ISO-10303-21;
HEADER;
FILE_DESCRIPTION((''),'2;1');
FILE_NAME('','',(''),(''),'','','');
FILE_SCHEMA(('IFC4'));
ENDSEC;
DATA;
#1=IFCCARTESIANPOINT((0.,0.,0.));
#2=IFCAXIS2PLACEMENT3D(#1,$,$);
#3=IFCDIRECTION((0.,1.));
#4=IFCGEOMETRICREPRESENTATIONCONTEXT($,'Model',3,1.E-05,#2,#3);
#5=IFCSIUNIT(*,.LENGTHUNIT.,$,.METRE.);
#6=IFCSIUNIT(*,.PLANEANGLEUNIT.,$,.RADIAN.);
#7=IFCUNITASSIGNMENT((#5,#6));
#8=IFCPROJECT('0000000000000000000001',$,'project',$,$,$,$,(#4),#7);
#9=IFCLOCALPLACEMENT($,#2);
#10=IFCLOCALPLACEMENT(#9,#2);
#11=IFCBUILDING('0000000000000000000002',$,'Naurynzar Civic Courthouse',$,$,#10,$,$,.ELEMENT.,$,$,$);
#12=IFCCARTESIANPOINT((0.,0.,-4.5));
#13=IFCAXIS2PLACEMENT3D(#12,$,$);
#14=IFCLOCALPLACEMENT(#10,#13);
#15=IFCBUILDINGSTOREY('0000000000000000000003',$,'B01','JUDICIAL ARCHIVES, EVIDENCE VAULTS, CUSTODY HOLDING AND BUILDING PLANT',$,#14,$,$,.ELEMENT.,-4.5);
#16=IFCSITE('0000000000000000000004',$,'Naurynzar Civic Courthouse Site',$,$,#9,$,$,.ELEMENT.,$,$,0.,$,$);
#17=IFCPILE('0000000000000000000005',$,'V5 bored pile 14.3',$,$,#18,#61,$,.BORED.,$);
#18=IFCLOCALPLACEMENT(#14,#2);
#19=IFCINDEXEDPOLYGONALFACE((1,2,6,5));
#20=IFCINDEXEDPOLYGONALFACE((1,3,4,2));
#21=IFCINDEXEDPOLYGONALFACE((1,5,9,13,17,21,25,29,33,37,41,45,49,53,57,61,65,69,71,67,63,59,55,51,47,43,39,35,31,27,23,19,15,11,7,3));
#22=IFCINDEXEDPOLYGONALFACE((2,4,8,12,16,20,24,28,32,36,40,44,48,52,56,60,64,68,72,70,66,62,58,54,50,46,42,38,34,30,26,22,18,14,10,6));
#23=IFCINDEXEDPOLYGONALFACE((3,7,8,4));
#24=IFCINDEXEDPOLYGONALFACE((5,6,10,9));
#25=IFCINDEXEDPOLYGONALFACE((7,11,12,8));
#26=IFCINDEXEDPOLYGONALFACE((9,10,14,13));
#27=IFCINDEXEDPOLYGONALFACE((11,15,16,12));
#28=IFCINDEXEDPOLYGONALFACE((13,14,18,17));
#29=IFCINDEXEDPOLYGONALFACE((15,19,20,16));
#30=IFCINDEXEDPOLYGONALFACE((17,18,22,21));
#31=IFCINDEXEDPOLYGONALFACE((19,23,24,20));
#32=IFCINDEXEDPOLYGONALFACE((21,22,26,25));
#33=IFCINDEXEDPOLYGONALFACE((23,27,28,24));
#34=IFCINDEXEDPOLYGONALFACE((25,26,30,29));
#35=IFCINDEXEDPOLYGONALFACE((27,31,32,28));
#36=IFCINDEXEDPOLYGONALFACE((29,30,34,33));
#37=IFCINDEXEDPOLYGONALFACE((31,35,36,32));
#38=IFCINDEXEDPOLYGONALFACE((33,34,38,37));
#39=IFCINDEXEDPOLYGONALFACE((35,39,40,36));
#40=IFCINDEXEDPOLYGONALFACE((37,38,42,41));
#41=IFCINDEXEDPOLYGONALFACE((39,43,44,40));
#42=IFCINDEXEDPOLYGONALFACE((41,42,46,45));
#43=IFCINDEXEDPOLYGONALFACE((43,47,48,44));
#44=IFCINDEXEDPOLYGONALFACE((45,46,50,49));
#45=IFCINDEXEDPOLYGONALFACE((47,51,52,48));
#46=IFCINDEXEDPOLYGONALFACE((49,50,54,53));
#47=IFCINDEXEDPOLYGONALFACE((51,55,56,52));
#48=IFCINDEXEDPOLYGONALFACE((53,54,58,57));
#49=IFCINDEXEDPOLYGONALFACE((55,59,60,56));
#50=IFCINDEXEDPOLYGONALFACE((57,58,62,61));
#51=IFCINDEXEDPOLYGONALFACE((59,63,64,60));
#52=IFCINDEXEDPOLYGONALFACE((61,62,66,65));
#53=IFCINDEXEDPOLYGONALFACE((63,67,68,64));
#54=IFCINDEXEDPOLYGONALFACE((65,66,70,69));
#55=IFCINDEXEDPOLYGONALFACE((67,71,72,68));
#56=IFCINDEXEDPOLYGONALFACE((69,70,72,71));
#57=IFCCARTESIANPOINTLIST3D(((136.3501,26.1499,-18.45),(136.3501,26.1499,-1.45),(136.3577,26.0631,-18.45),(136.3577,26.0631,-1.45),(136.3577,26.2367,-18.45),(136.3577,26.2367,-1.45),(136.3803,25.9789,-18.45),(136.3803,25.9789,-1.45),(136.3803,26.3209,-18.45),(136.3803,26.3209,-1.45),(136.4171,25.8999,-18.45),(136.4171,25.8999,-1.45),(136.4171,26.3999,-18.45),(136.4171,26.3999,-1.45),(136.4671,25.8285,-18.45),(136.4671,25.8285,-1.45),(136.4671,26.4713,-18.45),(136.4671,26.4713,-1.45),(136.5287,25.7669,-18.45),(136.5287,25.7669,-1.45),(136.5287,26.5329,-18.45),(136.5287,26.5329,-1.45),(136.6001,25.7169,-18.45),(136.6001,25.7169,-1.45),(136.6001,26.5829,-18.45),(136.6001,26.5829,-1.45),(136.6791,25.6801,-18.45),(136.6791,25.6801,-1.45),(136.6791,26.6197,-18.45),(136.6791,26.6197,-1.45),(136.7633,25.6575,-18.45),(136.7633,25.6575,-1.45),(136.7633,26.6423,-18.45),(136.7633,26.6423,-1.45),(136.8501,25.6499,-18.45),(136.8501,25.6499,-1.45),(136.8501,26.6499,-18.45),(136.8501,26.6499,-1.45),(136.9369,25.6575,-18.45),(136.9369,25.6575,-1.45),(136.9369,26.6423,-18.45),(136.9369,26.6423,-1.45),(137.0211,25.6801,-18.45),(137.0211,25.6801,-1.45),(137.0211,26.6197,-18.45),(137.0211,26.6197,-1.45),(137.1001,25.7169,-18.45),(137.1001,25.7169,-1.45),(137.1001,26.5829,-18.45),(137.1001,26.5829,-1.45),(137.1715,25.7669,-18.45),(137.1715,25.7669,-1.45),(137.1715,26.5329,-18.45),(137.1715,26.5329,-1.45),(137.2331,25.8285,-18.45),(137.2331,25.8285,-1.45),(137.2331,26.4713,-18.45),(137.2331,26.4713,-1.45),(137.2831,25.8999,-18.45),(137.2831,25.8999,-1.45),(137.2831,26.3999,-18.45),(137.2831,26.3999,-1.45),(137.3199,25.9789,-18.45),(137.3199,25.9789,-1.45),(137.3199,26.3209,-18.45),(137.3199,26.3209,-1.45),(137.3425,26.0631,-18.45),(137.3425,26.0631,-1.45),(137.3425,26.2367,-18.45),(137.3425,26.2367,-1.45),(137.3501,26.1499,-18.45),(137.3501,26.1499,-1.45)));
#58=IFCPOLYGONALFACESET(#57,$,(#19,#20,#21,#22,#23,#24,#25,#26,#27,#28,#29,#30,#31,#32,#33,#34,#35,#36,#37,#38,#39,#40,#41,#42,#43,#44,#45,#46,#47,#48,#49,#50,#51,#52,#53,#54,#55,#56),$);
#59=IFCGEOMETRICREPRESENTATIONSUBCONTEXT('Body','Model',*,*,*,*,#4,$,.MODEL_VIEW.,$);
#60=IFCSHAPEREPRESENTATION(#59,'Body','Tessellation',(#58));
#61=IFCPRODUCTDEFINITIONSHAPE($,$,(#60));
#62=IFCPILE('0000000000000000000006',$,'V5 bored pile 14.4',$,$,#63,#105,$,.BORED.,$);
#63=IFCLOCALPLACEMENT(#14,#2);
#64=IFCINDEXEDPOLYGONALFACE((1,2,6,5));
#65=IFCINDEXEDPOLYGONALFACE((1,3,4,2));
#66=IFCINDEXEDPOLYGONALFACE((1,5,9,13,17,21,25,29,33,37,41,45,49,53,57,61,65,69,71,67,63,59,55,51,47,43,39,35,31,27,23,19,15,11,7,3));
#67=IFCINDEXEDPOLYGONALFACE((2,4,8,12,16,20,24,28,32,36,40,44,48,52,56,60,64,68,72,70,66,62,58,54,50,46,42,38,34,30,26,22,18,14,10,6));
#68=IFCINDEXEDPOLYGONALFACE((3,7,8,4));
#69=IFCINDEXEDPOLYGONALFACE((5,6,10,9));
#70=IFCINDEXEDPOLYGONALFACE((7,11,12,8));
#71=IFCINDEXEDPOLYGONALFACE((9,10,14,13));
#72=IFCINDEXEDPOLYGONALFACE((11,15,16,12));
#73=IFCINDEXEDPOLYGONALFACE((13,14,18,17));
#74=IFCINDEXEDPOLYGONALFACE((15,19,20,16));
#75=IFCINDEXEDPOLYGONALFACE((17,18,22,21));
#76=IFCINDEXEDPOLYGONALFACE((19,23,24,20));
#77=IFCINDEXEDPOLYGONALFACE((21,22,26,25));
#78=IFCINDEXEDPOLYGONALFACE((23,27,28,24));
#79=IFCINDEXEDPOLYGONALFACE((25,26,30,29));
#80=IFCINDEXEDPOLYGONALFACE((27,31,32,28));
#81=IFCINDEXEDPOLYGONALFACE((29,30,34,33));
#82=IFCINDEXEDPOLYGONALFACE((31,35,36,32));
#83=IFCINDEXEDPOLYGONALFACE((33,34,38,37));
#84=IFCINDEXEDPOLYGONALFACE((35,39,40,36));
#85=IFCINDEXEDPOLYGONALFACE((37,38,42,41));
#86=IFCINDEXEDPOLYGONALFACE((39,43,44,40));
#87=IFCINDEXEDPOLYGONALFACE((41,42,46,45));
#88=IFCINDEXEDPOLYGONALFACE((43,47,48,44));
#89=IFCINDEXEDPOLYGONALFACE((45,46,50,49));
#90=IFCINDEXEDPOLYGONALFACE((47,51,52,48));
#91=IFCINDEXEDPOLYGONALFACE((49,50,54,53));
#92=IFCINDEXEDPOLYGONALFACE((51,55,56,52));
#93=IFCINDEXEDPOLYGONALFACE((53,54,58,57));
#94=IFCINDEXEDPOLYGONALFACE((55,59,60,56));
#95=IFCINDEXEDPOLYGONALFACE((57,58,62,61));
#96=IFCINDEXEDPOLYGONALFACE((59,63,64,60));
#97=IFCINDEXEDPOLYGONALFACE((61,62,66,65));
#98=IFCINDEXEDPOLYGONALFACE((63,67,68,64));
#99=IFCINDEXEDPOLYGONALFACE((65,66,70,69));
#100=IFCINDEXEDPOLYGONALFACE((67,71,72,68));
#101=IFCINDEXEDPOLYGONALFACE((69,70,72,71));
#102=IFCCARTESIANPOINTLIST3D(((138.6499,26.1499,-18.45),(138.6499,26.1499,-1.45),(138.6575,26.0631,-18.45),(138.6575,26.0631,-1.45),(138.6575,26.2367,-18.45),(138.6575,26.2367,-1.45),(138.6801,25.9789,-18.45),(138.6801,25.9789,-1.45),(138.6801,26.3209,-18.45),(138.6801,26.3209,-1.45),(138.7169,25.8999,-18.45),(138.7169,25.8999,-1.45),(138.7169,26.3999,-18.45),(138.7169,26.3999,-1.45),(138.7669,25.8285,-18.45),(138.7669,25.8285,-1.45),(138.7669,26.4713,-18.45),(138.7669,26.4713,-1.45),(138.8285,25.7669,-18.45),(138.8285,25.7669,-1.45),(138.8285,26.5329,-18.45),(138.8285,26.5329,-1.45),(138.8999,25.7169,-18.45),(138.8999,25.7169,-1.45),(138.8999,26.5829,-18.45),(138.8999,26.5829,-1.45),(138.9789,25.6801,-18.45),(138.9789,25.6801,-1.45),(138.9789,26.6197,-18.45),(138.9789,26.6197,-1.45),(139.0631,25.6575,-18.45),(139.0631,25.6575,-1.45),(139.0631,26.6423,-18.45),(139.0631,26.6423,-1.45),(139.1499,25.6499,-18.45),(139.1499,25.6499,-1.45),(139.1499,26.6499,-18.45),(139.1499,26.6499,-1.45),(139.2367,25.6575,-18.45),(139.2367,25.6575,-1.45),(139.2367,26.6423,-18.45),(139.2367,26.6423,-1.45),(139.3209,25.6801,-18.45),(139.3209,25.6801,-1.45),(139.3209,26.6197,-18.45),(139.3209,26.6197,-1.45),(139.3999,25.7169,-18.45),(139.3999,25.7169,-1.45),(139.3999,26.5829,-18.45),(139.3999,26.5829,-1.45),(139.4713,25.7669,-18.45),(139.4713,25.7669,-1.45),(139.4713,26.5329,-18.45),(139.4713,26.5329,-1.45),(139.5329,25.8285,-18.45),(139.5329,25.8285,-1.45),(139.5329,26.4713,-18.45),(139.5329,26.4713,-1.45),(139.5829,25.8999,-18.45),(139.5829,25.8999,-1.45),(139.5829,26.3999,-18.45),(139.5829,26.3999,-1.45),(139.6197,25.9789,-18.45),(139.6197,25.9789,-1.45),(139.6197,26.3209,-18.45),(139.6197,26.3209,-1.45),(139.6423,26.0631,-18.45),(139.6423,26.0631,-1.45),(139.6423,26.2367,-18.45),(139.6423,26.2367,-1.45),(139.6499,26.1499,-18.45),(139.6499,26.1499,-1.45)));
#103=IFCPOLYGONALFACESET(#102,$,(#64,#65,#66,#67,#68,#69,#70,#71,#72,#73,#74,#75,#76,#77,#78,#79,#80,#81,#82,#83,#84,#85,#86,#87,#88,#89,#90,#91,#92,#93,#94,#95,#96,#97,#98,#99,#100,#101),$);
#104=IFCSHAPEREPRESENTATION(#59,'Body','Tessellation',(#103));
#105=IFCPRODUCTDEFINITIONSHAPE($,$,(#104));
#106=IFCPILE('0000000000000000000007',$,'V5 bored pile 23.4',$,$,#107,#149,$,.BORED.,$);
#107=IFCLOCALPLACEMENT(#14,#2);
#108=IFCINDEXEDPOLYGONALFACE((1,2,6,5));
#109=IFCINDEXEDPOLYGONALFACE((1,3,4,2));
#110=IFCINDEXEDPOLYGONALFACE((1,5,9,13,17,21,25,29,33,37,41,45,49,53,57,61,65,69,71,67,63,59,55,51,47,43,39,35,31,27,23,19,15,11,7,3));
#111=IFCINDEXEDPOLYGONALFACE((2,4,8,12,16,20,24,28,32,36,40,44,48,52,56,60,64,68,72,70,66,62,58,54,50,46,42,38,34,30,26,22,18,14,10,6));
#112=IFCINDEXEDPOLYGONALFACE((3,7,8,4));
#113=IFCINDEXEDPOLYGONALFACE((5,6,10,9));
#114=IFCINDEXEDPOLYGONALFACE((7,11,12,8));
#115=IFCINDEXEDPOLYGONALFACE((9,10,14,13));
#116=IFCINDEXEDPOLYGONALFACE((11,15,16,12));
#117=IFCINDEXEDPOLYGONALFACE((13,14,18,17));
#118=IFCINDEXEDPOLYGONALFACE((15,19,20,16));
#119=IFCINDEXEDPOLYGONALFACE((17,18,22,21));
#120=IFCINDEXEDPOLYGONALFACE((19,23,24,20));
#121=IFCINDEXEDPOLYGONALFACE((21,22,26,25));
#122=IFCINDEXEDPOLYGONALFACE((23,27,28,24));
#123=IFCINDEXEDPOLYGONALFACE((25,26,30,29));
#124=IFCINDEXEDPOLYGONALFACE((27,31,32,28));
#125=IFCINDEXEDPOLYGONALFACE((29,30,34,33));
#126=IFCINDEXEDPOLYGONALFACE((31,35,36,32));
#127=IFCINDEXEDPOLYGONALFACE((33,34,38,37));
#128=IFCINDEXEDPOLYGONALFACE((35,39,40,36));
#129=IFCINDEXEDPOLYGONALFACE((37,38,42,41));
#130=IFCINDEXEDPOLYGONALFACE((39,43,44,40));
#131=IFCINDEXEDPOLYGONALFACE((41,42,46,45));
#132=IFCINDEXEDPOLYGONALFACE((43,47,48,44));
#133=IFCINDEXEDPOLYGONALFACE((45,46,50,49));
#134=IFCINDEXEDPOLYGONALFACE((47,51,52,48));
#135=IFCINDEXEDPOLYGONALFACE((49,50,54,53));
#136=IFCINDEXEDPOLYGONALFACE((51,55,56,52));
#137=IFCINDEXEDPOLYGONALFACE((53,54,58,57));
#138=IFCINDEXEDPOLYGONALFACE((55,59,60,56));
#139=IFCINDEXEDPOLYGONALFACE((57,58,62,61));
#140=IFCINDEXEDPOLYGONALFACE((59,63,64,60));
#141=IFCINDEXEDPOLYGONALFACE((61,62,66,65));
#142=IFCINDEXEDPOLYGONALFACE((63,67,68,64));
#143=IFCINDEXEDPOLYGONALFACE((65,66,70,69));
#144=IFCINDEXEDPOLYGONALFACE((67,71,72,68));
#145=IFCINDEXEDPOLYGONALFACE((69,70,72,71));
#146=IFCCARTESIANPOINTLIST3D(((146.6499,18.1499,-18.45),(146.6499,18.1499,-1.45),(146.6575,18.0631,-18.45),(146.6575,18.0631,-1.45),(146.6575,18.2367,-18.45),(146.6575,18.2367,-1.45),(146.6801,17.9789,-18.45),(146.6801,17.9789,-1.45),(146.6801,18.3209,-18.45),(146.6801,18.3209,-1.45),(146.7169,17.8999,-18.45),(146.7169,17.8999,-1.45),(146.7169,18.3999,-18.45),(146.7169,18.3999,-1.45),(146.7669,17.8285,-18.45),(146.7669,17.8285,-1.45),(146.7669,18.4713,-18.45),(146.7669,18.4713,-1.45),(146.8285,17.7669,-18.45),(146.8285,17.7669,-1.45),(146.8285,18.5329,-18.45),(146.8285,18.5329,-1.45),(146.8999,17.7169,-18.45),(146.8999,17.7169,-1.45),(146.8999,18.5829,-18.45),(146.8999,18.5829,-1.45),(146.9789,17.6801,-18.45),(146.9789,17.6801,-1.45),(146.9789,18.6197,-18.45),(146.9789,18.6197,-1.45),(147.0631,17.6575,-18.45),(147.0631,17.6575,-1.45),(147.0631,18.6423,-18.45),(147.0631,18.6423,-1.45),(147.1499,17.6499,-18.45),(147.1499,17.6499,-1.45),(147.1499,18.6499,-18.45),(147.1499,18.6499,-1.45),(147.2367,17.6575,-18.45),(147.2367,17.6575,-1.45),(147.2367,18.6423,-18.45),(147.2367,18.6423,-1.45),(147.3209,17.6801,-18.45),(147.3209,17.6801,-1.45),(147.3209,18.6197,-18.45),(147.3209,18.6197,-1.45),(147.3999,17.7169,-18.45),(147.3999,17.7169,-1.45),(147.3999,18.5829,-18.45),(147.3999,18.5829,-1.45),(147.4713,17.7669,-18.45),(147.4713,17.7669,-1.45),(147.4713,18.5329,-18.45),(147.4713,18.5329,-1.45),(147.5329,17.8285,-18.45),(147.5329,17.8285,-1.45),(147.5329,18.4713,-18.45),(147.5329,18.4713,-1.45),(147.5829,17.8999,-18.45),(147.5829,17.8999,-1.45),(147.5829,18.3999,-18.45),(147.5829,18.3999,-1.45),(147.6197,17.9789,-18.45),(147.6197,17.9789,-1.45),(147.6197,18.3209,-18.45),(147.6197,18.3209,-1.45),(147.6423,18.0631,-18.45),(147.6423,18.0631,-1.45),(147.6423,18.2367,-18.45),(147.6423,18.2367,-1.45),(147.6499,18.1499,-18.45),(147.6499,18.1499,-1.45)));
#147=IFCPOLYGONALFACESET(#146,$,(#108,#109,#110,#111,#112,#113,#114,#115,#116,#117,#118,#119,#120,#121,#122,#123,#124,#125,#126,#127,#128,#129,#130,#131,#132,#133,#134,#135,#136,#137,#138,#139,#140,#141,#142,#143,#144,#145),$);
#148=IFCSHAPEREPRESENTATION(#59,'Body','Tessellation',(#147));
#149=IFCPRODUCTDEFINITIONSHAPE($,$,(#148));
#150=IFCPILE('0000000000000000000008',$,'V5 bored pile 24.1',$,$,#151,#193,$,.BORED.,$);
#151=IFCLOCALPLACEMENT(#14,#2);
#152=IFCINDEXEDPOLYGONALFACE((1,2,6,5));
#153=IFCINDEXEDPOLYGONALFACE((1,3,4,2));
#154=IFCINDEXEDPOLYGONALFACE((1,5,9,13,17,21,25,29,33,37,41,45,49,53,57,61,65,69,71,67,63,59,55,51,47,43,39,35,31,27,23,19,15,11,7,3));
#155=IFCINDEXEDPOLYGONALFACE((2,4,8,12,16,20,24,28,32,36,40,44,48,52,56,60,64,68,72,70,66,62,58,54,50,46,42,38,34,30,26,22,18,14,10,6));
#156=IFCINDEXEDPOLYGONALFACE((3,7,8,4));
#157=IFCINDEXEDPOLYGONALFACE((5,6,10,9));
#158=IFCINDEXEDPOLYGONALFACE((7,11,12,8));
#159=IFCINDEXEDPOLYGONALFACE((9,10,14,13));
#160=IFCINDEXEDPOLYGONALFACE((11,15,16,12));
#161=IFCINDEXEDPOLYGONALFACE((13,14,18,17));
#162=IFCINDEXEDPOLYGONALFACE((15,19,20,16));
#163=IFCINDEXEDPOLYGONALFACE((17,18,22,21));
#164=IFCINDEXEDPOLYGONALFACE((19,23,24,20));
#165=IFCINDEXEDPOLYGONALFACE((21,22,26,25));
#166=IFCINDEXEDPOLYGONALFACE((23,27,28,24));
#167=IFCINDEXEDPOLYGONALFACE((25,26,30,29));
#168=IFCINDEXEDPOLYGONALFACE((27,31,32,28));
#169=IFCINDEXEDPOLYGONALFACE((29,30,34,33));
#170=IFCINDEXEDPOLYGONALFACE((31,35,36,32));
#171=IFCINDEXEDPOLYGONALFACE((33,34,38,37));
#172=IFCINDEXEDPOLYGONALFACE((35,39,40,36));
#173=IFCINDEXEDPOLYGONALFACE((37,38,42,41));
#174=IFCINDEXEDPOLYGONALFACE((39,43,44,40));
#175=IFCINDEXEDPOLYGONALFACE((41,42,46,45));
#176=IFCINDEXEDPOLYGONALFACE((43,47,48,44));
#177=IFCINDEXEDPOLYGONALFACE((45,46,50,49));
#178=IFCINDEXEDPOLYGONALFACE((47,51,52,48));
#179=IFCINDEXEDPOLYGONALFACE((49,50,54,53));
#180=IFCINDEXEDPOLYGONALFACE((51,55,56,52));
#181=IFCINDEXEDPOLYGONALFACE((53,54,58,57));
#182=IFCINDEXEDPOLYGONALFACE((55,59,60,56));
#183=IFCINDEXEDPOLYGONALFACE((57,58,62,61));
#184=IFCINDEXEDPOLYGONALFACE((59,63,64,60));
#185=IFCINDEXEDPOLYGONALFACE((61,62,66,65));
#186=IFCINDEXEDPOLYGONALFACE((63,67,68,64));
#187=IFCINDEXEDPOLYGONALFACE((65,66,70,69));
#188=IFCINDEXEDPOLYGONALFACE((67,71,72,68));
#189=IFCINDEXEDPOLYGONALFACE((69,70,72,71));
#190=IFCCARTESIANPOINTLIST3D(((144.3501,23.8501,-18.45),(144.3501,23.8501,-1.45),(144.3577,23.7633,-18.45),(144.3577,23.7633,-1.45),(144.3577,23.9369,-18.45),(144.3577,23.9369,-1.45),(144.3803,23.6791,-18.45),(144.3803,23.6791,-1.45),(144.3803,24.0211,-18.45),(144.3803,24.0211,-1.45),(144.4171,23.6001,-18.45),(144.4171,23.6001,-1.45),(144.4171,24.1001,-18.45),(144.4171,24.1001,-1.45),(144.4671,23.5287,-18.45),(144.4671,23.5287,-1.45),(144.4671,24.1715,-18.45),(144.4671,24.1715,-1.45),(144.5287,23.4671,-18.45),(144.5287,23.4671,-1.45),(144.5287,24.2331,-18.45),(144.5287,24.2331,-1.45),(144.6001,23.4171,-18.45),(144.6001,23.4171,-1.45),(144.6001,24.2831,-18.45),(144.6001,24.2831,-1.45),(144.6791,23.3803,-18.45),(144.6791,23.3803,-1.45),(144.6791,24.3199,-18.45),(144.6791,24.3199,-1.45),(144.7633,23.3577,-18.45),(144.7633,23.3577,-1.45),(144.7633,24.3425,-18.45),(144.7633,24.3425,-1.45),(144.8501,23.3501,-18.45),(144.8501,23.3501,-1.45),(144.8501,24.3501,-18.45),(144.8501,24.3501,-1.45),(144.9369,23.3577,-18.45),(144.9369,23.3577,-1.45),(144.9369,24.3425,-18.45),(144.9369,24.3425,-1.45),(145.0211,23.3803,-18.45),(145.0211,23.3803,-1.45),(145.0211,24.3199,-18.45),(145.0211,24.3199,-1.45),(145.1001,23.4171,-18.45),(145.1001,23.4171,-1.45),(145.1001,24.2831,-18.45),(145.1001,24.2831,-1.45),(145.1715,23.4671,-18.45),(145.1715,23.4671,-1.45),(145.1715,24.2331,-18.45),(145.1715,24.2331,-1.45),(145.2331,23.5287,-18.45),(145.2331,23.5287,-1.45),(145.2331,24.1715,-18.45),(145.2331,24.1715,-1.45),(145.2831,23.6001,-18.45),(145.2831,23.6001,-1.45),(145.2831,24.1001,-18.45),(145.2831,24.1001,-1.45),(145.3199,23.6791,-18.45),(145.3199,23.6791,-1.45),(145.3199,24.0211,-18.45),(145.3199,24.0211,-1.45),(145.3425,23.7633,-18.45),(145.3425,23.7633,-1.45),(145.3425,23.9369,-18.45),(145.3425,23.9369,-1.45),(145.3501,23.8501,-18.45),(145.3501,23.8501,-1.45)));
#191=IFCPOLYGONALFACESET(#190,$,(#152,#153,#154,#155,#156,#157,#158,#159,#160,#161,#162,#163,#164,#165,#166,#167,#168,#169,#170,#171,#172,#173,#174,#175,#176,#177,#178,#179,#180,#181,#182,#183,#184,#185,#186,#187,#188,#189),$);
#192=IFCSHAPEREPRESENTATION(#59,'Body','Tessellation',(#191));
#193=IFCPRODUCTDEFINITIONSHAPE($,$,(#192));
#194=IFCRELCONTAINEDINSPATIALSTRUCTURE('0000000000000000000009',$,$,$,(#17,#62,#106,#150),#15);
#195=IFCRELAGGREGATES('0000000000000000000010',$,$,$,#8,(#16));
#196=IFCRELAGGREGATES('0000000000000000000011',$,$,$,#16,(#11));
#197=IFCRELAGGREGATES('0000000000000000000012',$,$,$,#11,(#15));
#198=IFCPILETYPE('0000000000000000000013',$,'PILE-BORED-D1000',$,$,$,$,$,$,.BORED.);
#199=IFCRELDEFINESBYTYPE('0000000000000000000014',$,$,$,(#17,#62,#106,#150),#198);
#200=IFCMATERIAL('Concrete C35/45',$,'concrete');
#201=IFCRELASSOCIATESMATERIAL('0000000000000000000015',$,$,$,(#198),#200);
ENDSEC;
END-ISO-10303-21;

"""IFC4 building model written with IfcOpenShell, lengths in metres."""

from ifc_helpers import new_model, si_unit, direction, frame, origin, origin_2d, place, context, subcontext, project, spatial, circle, extrude, material, material_profile, profile_set, type_object, element, save


model = new_model("IFC4")

# Units and contexts
model_context = context("Model", 3, precision=1e-05, world=origin(), true_north=direction((0.0, 1.0)))
body_context = subcontext(model_context, "Body", "Model", "MODEL_VIEW")
ifc_project = project(units=[si_unit("LENGTHUNIT", "METRE"), si_unit("PLANEANGLEUNIT", "RADIAN")], contexts=[model_context])

# Site, building, storey
site_placement = place(None, origin())
site = spatial("IfcSite", under=ifc_project, at=site_placement, Name="Naurynzar Civic Courthouse Site", CompositionType="ELEMENT", RefElevation=0.0)
building_placement = place(site_placement, origin())
building = spatial("IfcBuilding", under=site, at=building_placement, Name="Naurynzar Civic Courthouse", CompositionType="ELEMENT")
storey_placement = place(building_placement, frame((0.0, 0.0, -4.5)))
storey = spatial("IfcBuildingStorey", under=building, at=storey_placement, Name="B01", Description="JUDICIAL ARCHIVES, EVIDENCE VAULTS, CUSTODY HOLDING AND BUILDING PLANT", CompositionType="ELEMENT", Elevation=-4.5)

# Piles
ifc_material_1 = material(Name="Concrete C35/45", Category="concrete")
ifc_material_profile_1 = material_profile(ifc_material_1, circle(Radius=0.5, at=origin_2d()), Name="PILE D1000")
ifc_profile_set_1 = profile_set([ifc_material_profile_1], Name="Concrete C35/45")
pile_type = type_object("IfcPileType", Name="PILE-BORED-D1000", PredefinedType="BORED", material=ifc_profile_set_1)
for number, where, z_axis, x_axis, name in (
    (1, (136.8501, 26.1499, -1.45), (0.0, 0.0, -1.0), (1.0, 0.0, 0.0), "V5 bored pile 14.3"),
    (2, (139.1499, 26.1499, -1.45), (0.0, 0.0, -1.0), (1.0, 0.0, 0.0), "V5 bored pile 14.4"),
    (3, (147.1499, 18.1499, -1.45), (0.0, 0.0, -1.0), (1.0, 0.0, 0.0), "V5 bored pile 23.4"),
    (4, (144.8501, 23.8501, -1.45), (0.0, 0.0, -1.0), (1.0, 0.0, 0.0), "V5 bored pile 24.1"),
):
    element("IfcPile", number, at=place(storey_placement, frame(where, z_axis=z_axis, x_axis=x_axis)), inside=storey, type_object=pile_type, Name=name, PredefinedType="BORED", context=body_context, shape_type="SweptSolid", body=[
        extrude(circle(Radius=0.5, at=origin_2d()), origin(), (0.0, 0.0, 1.0), 17.0),
    ])

save(model, "model.ifc")
